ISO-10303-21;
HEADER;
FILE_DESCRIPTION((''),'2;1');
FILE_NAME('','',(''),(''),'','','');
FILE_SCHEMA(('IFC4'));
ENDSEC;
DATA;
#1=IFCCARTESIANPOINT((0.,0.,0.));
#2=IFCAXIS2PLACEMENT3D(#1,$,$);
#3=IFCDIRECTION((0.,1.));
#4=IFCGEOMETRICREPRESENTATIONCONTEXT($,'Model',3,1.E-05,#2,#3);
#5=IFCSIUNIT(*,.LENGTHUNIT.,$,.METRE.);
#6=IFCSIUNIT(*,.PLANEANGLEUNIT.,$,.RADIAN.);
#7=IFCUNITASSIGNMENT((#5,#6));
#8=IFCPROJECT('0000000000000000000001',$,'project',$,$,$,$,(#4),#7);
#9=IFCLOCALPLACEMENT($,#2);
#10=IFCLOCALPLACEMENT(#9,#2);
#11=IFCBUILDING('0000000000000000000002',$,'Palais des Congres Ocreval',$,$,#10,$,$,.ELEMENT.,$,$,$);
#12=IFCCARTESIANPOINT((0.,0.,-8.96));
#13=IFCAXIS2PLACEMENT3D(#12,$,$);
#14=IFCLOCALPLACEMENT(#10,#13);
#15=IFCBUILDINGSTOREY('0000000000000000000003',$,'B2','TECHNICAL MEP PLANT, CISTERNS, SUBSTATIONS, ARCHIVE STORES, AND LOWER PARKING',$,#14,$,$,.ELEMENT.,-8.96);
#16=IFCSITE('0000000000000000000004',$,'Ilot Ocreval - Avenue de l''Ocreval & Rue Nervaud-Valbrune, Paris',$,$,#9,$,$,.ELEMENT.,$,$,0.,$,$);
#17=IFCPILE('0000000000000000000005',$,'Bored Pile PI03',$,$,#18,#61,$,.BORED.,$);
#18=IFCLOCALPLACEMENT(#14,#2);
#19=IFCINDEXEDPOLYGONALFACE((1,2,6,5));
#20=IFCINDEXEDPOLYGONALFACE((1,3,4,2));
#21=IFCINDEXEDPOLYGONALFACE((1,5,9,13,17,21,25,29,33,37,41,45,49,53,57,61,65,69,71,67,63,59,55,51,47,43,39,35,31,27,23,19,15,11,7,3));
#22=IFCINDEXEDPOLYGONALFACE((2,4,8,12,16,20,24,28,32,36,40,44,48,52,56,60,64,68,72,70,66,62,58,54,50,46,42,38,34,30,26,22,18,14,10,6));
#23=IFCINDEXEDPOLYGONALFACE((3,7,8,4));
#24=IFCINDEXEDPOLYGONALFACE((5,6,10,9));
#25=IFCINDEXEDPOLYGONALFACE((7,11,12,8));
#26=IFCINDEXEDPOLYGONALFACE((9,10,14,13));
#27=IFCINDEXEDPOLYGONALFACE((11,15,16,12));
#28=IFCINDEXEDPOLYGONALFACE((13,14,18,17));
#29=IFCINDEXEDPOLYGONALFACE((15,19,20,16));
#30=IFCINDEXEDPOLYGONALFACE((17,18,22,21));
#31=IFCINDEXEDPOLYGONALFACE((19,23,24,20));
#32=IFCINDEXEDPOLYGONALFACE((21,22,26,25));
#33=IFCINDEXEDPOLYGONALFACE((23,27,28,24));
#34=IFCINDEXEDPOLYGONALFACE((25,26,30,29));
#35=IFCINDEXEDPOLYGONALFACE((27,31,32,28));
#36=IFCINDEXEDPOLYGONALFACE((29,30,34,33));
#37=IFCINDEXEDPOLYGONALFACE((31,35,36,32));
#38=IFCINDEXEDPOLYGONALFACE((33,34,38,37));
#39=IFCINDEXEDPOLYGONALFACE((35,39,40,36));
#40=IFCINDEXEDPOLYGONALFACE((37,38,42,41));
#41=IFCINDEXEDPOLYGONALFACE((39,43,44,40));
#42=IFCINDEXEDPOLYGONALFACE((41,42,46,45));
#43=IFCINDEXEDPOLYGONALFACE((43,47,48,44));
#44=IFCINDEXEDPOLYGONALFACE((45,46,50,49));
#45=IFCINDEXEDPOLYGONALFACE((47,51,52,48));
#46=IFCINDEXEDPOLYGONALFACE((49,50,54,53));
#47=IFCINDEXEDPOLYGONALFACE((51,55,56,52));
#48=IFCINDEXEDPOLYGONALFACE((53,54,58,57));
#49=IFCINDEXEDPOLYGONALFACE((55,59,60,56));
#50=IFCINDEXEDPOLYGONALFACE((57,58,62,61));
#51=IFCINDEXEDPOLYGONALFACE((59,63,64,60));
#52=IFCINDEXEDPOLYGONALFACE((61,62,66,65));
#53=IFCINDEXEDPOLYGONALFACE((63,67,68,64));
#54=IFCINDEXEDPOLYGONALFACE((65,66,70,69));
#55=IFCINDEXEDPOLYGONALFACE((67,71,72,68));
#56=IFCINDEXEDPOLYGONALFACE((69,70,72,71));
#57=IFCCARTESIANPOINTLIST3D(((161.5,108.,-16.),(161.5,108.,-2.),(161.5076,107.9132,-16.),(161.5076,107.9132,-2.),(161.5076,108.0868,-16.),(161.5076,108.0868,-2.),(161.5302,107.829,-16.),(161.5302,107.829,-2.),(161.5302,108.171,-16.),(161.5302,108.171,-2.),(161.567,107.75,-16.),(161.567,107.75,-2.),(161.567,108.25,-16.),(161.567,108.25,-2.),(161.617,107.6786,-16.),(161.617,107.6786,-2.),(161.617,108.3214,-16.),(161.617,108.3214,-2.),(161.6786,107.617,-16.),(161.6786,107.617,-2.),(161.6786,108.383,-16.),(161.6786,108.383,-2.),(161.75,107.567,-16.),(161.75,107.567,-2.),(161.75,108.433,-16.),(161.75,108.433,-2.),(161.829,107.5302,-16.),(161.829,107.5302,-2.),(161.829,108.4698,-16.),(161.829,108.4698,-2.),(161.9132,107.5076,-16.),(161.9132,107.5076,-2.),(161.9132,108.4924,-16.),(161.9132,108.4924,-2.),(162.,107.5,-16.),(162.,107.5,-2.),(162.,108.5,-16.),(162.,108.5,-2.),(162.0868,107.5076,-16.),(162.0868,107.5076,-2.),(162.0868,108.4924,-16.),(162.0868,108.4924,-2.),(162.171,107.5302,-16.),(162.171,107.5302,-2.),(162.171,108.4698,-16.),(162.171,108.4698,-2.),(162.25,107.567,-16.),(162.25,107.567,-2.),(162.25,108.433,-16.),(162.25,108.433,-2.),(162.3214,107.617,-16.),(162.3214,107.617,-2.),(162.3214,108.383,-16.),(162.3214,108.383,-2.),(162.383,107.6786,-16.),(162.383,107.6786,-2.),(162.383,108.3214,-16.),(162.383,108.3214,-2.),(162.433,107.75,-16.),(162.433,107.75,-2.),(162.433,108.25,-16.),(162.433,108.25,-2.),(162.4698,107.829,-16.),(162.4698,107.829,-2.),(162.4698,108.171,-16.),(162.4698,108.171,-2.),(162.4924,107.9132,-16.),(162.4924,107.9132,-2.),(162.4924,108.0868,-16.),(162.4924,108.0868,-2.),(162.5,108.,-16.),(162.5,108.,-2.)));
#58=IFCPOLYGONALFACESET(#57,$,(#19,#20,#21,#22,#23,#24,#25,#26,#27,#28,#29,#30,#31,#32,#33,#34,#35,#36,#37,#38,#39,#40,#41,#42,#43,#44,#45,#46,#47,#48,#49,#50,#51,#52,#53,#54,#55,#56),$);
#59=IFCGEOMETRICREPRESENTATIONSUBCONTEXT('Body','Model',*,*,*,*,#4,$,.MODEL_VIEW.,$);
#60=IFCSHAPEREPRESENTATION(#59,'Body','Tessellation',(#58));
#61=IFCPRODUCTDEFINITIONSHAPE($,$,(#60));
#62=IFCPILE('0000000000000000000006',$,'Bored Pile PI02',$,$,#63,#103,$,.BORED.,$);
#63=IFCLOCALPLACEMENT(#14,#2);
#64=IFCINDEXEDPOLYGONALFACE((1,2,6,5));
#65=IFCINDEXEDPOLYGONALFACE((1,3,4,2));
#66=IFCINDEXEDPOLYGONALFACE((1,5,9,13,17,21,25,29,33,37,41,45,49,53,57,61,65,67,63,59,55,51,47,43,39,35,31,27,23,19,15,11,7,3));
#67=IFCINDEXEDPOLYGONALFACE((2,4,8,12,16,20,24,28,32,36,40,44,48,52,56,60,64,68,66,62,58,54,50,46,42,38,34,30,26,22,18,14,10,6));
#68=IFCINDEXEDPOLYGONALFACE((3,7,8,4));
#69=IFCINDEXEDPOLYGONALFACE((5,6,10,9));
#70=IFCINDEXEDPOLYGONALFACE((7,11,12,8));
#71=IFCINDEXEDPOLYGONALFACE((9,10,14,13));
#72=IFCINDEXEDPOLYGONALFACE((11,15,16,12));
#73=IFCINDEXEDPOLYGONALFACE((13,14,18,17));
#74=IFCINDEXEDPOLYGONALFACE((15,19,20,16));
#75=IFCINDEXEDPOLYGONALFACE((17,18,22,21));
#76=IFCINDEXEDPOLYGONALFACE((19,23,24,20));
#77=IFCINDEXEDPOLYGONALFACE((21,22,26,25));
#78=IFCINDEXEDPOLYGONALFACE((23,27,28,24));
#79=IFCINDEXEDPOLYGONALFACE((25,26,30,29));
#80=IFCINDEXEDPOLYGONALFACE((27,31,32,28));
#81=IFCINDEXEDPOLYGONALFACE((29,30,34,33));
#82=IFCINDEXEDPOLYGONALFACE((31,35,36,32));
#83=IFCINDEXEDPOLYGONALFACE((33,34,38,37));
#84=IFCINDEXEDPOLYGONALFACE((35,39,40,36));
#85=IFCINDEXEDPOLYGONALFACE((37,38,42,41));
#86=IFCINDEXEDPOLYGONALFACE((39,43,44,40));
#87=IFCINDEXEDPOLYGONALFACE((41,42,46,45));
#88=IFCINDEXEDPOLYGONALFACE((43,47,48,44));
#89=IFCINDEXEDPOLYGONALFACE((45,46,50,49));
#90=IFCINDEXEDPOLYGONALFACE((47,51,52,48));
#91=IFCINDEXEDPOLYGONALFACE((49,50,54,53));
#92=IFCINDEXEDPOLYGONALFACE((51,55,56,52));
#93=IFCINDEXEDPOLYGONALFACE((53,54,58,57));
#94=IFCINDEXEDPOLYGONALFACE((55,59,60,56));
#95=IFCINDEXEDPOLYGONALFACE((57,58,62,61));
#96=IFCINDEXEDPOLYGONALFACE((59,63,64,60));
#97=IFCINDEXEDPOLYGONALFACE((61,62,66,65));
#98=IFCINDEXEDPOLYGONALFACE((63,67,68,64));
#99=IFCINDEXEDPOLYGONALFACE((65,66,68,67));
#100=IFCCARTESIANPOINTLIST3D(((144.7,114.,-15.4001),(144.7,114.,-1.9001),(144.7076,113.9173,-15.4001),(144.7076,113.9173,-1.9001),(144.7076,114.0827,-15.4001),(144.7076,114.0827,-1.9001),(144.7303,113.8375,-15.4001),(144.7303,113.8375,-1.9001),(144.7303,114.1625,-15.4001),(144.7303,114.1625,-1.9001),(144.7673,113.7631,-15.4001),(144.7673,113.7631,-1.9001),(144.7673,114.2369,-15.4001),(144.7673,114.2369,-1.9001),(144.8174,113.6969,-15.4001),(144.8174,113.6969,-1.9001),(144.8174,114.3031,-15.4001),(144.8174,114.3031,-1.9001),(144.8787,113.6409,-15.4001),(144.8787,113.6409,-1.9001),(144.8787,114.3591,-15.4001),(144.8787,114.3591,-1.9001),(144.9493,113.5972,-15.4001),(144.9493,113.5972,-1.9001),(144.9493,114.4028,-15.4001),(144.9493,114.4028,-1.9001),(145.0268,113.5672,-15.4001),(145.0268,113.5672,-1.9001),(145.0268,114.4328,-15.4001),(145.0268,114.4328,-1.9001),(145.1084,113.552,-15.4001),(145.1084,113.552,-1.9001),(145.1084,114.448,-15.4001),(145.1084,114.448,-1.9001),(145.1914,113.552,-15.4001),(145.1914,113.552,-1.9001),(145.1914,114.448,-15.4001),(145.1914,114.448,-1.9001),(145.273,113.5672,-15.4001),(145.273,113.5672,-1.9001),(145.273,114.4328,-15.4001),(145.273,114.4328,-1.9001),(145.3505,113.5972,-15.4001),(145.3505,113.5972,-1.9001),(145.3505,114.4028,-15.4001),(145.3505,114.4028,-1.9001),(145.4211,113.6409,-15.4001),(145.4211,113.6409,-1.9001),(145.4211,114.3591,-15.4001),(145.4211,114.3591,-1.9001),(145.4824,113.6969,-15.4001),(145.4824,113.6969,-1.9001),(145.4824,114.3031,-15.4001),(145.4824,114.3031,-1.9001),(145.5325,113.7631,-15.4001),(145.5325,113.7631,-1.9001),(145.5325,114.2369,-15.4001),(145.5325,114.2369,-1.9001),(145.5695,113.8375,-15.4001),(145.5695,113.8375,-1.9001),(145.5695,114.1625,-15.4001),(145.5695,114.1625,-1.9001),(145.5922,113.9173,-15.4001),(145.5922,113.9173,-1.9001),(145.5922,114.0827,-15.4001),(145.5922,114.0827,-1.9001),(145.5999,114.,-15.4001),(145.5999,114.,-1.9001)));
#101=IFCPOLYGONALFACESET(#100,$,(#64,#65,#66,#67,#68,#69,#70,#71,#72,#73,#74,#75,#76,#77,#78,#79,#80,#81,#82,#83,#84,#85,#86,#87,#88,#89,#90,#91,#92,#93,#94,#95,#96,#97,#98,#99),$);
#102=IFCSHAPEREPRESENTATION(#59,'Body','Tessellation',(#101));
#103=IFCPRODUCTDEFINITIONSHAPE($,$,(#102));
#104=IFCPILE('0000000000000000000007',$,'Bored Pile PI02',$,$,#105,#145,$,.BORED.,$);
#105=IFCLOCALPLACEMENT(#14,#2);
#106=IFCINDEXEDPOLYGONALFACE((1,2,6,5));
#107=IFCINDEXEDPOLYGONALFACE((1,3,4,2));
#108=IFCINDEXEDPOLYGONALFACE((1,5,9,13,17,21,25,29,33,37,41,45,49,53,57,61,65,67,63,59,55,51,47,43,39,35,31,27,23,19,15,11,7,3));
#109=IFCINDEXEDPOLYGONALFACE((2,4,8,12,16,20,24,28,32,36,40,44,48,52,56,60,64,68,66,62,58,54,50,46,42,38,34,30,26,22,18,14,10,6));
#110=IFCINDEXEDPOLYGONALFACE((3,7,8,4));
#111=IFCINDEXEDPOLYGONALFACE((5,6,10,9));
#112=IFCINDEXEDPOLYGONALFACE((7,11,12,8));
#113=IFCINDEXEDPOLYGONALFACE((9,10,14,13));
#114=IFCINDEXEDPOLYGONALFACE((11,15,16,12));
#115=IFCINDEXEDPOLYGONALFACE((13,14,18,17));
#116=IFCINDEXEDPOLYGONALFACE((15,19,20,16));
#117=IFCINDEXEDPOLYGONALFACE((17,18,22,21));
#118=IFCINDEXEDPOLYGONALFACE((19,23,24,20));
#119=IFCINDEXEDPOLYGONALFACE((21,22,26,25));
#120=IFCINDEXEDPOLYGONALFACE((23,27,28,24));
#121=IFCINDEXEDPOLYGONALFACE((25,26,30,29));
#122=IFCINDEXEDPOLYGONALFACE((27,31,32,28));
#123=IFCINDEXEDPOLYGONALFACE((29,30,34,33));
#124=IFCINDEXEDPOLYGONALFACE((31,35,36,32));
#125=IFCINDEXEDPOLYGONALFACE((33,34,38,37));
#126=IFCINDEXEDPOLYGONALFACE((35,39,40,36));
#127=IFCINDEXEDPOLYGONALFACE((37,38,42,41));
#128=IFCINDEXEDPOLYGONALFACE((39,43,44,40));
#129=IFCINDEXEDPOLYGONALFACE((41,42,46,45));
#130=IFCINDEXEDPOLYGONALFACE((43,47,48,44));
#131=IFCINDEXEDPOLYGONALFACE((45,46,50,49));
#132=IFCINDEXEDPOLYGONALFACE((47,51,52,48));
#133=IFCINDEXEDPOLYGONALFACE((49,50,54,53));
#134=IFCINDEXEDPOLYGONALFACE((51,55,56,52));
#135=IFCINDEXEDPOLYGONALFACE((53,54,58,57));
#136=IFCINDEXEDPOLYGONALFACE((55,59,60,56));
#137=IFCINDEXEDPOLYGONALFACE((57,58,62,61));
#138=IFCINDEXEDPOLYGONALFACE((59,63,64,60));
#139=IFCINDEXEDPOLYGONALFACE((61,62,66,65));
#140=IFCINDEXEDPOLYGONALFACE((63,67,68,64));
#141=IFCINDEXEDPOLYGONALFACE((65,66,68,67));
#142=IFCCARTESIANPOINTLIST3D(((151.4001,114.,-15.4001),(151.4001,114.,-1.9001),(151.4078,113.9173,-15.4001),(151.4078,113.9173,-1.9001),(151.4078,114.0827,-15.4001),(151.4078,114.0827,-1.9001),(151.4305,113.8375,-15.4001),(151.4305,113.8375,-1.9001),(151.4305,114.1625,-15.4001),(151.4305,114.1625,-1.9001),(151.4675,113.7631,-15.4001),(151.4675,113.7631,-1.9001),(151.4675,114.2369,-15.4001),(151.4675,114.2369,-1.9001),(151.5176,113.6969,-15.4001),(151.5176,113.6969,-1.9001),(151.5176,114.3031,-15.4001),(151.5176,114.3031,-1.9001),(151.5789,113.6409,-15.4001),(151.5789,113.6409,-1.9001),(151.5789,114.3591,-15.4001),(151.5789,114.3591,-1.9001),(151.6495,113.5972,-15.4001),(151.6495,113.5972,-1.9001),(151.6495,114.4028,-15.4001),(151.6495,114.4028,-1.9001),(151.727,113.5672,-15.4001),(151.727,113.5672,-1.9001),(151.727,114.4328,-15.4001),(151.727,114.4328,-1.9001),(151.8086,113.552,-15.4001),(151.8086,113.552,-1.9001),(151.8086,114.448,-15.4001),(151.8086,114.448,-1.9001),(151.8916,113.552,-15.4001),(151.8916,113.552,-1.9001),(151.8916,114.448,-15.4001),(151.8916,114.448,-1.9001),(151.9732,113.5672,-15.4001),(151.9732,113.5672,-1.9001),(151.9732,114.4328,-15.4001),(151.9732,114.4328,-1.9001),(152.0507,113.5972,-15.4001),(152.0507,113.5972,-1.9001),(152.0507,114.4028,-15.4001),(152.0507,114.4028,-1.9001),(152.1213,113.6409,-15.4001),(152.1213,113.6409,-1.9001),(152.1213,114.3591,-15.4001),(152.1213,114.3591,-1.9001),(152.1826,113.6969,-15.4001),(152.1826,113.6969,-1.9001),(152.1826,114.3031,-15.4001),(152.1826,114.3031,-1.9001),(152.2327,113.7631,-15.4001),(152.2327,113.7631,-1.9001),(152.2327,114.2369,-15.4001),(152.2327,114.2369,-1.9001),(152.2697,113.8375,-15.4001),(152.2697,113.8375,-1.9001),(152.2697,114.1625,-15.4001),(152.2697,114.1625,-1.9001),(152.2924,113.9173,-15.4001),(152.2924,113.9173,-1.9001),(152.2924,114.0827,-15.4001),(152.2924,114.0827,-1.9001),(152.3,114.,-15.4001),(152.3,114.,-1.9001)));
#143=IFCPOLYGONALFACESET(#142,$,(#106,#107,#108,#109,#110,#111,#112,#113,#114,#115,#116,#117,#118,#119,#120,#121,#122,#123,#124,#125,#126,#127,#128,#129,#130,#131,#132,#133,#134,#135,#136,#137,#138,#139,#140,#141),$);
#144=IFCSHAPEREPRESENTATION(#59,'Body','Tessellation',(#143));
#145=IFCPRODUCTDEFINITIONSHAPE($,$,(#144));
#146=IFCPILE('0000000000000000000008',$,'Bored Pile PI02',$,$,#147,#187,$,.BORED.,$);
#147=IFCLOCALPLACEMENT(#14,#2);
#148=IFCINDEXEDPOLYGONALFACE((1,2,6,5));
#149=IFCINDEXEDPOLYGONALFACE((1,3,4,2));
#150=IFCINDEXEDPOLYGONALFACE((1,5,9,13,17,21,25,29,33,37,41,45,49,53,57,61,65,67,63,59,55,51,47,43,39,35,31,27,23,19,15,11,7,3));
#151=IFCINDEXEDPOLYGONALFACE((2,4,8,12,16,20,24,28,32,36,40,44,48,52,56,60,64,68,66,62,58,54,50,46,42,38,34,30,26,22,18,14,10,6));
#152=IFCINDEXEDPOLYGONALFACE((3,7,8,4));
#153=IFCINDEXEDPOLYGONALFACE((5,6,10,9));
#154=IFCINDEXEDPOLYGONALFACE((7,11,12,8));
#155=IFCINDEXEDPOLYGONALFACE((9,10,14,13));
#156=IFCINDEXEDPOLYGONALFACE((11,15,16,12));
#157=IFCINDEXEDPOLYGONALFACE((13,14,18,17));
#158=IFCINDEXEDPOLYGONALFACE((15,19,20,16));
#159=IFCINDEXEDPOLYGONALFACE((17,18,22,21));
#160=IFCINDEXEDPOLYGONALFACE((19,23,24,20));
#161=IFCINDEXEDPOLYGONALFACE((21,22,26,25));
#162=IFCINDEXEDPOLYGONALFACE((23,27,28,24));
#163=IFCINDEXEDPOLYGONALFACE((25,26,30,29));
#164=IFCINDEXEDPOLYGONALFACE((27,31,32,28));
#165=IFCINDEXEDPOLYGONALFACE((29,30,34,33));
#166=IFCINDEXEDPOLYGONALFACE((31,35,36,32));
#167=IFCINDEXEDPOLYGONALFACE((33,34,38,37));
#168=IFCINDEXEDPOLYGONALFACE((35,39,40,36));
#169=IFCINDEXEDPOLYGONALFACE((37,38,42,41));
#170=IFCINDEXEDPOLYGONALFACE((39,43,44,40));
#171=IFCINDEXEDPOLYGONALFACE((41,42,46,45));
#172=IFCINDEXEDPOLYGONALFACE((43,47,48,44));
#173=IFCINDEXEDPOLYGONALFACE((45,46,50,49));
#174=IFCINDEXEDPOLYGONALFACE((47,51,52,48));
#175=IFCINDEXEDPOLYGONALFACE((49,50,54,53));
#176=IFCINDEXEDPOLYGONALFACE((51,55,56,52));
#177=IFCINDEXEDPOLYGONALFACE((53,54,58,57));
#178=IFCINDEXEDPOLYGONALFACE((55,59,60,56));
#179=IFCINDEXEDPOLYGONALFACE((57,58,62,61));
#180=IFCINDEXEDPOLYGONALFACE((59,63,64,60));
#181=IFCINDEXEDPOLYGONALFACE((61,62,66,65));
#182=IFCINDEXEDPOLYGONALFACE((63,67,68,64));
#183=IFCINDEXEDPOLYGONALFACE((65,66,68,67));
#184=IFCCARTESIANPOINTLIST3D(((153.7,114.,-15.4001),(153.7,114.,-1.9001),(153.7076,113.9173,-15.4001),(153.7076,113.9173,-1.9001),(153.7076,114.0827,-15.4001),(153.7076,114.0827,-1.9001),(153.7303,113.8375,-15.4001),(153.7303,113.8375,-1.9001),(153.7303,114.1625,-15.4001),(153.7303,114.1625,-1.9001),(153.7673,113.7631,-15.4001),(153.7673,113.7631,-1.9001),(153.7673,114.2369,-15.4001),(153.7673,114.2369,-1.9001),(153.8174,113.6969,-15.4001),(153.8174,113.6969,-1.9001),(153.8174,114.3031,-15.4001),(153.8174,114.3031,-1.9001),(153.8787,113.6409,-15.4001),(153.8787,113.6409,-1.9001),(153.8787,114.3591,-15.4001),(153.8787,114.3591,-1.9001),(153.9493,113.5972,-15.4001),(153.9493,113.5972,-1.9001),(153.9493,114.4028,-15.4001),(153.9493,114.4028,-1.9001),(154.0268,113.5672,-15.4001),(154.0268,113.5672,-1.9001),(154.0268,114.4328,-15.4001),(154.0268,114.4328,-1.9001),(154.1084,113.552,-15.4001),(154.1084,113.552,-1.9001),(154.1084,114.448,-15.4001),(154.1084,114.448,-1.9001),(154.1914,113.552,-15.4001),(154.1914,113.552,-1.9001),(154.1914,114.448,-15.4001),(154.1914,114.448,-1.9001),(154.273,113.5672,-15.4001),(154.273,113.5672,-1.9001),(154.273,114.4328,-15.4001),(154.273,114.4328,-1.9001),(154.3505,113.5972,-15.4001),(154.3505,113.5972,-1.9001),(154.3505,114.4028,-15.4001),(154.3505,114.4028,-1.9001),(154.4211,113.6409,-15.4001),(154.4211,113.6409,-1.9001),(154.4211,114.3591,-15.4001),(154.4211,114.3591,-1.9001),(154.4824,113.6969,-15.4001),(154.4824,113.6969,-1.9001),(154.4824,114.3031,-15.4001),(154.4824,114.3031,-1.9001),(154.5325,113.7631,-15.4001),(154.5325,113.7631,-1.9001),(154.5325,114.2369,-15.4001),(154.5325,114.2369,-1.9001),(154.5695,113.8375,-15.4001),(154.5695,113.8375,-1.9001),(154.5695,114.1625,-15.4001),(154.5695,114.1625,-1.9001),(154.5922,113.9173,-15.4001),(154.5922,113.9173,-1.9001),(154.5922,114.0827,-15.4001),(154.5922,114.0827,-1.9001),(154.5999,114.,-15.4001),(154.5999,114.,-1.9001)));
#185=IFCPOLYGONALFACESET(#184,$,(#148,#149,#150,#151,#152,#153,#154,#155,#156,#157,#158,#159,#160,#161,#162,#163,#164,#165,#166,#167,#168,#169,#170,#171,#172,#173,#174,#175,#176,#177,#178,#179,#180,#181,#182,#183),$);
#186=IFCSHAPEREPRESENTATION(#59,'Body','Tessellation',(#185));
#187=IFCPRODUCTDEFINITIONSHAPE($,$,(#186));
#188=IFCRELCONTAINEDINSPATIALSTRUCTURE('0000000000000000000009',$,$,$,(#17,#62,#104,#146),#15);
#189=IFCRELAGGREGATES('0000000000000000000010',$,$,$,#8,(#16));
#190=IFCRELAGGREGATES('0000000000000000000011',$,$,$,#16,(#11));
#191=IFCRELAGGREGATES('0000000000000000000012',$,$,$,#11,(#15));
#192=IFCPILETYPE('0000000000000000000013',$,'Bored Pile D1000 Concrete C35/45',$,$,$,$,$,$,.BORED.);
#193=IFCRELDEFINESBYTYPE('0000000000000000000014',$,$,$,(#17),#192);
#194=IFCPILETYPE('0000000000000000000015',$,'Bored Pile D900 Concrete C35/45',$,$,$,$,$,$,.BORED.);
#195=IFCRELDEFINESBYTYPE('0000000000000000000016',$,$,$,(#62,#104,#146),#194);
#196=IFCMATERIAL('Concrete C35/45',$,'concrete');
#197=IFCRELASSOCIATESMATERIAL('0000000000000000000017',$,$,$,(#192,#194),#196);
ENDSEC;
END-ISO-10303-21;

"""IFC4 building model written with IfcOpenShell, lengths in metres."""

from ifc_helpers import new_model, si_unit, direction, frame, origin, origin_2d, place, context, subcontext, project, spatial, circle, extrude, material, material_profile, profile_set, type_object, element, save


model = new_model("IFC4")

# Units and contexts
model_context = context("Model", 3, precision=1e-05, world=origin(), true_north=direction((0.0, 1.0)))
body_context = subcontext(model_context, "Body", "Model", "MODEL_VIEW")
ifc_project = project(units=[si_unit("LENGTHUNIT", "METRE"), si_unit("PLANEANGLEUNIT", "RADIAN")], contexts=[model_context])

# Site, building, storey
site_placement = place(None, origin())
site = spatial("IfcSite", under=ifc_project, at=site_placement, Name="Ilot Ocreval - Avenue de l'Ocreval & Rue Nervaud-Valbrune, Paris", CompositionType="ELEMENT", RefElevation=0.0)
building_placement = place(site_placement, origin())
building = spatial("IfcBuilding", under=site, at=building_placement, Name="Palais des Congres Ocreval", CompositionType="ELEMENT")
storey_placement = place(building_placement, frame((0.0, 0.0, -8.96)))
storey = spatial("IfcBuildingStorey", under=building, at=storey_placement, Name="B2", Description="TECHNICAL MEP PLANT, CISTERNS, SUBSTATIONS, ARCHIVE STORES, AND LOWER PARKING", CompositionType="ELEMENT", Elevation=-8.96)

# Piles
ifc_material_1 = material(Name="Concrete C35/45", Category="concrete")
ifc_material_profile_1 = material_profile(ifc_material_1, circle(Radius=0.5, at=origin_2d()), Name="BORED PILE 1000")
ifc_profile_set_1 = profile_set([ifc_material_profile_1], Name="Concrete C35/45")
pile_type_1 = type_object("IfcPileType", Name="Bored Pile D1000 Concrete C35/45", PredefinedType="BORED", material=ifc_profile_set_1)
pile_placement = place(storey_placement, frame((162.0, 108.0, -2.0), z_axis=(0.0, 0.0, -1.0), x_axis=(1.0, 0.0, 0.0)))
element("IfcPile", 1, at=pile_placement, inside=storey, type_object=pile_type_1, Name="Bored Pile PI03", PredefinedType="BORED", context=body_context, shape_type="SweptSolid", body=[
    extrude(circle(Radius=0.5, at=origin_2d()), origin(), (0.0, 0.0, 1.0), 14.0),
])
ifc_material_profile_2 = material_profile(ifc_material_1, circle(Radius=0.45, at=origin_2d()), Name="BORED PILE 900")
ifc_profile_set_2 = profile_set([ifc_material_profile_2], Name="Concrete C35/45")
pile_type_2 = type_object("IfcPileType", Name="Bored Pile D900 Concrete C35/45", PredefinedType="BORED", material=ifc_profile_set_2)
for number, where, z_axis, x_axis, name in (
    (2, (145.1499, 114.0, -1.9001), (0.0, 0.0, -1.0), (1.0, 0.0, 0.0), "Bored Pile PI02"),
    (3, (151.8501, 114.0, -1.9001), (0.0, 0.0, -1.0), (1.0, 0.0, 0.0), "Bored Pile PI02"),
    (4, (154.1499, 114.0, -1.9001), (0.0, 0.0, -1.0), (1.0, 0.0, 0.0), "Bored Pile PI02"),
):
    element("IfcPile", number, at=place(storey_placement, frame(where, z_axis=z_axis, x_axis=x_axis)), inside=storey, type_object=pile_type_2, Name=name, PredefinedType="BORED", context=body_context, shape_type="SweptSolid", body=[
        extrude(circle(Radius=0.45, at=origin_2d()), origin(), (0.0, 0.0, 1.0), 13.5),
    ])

save(model, "model.ifc")
